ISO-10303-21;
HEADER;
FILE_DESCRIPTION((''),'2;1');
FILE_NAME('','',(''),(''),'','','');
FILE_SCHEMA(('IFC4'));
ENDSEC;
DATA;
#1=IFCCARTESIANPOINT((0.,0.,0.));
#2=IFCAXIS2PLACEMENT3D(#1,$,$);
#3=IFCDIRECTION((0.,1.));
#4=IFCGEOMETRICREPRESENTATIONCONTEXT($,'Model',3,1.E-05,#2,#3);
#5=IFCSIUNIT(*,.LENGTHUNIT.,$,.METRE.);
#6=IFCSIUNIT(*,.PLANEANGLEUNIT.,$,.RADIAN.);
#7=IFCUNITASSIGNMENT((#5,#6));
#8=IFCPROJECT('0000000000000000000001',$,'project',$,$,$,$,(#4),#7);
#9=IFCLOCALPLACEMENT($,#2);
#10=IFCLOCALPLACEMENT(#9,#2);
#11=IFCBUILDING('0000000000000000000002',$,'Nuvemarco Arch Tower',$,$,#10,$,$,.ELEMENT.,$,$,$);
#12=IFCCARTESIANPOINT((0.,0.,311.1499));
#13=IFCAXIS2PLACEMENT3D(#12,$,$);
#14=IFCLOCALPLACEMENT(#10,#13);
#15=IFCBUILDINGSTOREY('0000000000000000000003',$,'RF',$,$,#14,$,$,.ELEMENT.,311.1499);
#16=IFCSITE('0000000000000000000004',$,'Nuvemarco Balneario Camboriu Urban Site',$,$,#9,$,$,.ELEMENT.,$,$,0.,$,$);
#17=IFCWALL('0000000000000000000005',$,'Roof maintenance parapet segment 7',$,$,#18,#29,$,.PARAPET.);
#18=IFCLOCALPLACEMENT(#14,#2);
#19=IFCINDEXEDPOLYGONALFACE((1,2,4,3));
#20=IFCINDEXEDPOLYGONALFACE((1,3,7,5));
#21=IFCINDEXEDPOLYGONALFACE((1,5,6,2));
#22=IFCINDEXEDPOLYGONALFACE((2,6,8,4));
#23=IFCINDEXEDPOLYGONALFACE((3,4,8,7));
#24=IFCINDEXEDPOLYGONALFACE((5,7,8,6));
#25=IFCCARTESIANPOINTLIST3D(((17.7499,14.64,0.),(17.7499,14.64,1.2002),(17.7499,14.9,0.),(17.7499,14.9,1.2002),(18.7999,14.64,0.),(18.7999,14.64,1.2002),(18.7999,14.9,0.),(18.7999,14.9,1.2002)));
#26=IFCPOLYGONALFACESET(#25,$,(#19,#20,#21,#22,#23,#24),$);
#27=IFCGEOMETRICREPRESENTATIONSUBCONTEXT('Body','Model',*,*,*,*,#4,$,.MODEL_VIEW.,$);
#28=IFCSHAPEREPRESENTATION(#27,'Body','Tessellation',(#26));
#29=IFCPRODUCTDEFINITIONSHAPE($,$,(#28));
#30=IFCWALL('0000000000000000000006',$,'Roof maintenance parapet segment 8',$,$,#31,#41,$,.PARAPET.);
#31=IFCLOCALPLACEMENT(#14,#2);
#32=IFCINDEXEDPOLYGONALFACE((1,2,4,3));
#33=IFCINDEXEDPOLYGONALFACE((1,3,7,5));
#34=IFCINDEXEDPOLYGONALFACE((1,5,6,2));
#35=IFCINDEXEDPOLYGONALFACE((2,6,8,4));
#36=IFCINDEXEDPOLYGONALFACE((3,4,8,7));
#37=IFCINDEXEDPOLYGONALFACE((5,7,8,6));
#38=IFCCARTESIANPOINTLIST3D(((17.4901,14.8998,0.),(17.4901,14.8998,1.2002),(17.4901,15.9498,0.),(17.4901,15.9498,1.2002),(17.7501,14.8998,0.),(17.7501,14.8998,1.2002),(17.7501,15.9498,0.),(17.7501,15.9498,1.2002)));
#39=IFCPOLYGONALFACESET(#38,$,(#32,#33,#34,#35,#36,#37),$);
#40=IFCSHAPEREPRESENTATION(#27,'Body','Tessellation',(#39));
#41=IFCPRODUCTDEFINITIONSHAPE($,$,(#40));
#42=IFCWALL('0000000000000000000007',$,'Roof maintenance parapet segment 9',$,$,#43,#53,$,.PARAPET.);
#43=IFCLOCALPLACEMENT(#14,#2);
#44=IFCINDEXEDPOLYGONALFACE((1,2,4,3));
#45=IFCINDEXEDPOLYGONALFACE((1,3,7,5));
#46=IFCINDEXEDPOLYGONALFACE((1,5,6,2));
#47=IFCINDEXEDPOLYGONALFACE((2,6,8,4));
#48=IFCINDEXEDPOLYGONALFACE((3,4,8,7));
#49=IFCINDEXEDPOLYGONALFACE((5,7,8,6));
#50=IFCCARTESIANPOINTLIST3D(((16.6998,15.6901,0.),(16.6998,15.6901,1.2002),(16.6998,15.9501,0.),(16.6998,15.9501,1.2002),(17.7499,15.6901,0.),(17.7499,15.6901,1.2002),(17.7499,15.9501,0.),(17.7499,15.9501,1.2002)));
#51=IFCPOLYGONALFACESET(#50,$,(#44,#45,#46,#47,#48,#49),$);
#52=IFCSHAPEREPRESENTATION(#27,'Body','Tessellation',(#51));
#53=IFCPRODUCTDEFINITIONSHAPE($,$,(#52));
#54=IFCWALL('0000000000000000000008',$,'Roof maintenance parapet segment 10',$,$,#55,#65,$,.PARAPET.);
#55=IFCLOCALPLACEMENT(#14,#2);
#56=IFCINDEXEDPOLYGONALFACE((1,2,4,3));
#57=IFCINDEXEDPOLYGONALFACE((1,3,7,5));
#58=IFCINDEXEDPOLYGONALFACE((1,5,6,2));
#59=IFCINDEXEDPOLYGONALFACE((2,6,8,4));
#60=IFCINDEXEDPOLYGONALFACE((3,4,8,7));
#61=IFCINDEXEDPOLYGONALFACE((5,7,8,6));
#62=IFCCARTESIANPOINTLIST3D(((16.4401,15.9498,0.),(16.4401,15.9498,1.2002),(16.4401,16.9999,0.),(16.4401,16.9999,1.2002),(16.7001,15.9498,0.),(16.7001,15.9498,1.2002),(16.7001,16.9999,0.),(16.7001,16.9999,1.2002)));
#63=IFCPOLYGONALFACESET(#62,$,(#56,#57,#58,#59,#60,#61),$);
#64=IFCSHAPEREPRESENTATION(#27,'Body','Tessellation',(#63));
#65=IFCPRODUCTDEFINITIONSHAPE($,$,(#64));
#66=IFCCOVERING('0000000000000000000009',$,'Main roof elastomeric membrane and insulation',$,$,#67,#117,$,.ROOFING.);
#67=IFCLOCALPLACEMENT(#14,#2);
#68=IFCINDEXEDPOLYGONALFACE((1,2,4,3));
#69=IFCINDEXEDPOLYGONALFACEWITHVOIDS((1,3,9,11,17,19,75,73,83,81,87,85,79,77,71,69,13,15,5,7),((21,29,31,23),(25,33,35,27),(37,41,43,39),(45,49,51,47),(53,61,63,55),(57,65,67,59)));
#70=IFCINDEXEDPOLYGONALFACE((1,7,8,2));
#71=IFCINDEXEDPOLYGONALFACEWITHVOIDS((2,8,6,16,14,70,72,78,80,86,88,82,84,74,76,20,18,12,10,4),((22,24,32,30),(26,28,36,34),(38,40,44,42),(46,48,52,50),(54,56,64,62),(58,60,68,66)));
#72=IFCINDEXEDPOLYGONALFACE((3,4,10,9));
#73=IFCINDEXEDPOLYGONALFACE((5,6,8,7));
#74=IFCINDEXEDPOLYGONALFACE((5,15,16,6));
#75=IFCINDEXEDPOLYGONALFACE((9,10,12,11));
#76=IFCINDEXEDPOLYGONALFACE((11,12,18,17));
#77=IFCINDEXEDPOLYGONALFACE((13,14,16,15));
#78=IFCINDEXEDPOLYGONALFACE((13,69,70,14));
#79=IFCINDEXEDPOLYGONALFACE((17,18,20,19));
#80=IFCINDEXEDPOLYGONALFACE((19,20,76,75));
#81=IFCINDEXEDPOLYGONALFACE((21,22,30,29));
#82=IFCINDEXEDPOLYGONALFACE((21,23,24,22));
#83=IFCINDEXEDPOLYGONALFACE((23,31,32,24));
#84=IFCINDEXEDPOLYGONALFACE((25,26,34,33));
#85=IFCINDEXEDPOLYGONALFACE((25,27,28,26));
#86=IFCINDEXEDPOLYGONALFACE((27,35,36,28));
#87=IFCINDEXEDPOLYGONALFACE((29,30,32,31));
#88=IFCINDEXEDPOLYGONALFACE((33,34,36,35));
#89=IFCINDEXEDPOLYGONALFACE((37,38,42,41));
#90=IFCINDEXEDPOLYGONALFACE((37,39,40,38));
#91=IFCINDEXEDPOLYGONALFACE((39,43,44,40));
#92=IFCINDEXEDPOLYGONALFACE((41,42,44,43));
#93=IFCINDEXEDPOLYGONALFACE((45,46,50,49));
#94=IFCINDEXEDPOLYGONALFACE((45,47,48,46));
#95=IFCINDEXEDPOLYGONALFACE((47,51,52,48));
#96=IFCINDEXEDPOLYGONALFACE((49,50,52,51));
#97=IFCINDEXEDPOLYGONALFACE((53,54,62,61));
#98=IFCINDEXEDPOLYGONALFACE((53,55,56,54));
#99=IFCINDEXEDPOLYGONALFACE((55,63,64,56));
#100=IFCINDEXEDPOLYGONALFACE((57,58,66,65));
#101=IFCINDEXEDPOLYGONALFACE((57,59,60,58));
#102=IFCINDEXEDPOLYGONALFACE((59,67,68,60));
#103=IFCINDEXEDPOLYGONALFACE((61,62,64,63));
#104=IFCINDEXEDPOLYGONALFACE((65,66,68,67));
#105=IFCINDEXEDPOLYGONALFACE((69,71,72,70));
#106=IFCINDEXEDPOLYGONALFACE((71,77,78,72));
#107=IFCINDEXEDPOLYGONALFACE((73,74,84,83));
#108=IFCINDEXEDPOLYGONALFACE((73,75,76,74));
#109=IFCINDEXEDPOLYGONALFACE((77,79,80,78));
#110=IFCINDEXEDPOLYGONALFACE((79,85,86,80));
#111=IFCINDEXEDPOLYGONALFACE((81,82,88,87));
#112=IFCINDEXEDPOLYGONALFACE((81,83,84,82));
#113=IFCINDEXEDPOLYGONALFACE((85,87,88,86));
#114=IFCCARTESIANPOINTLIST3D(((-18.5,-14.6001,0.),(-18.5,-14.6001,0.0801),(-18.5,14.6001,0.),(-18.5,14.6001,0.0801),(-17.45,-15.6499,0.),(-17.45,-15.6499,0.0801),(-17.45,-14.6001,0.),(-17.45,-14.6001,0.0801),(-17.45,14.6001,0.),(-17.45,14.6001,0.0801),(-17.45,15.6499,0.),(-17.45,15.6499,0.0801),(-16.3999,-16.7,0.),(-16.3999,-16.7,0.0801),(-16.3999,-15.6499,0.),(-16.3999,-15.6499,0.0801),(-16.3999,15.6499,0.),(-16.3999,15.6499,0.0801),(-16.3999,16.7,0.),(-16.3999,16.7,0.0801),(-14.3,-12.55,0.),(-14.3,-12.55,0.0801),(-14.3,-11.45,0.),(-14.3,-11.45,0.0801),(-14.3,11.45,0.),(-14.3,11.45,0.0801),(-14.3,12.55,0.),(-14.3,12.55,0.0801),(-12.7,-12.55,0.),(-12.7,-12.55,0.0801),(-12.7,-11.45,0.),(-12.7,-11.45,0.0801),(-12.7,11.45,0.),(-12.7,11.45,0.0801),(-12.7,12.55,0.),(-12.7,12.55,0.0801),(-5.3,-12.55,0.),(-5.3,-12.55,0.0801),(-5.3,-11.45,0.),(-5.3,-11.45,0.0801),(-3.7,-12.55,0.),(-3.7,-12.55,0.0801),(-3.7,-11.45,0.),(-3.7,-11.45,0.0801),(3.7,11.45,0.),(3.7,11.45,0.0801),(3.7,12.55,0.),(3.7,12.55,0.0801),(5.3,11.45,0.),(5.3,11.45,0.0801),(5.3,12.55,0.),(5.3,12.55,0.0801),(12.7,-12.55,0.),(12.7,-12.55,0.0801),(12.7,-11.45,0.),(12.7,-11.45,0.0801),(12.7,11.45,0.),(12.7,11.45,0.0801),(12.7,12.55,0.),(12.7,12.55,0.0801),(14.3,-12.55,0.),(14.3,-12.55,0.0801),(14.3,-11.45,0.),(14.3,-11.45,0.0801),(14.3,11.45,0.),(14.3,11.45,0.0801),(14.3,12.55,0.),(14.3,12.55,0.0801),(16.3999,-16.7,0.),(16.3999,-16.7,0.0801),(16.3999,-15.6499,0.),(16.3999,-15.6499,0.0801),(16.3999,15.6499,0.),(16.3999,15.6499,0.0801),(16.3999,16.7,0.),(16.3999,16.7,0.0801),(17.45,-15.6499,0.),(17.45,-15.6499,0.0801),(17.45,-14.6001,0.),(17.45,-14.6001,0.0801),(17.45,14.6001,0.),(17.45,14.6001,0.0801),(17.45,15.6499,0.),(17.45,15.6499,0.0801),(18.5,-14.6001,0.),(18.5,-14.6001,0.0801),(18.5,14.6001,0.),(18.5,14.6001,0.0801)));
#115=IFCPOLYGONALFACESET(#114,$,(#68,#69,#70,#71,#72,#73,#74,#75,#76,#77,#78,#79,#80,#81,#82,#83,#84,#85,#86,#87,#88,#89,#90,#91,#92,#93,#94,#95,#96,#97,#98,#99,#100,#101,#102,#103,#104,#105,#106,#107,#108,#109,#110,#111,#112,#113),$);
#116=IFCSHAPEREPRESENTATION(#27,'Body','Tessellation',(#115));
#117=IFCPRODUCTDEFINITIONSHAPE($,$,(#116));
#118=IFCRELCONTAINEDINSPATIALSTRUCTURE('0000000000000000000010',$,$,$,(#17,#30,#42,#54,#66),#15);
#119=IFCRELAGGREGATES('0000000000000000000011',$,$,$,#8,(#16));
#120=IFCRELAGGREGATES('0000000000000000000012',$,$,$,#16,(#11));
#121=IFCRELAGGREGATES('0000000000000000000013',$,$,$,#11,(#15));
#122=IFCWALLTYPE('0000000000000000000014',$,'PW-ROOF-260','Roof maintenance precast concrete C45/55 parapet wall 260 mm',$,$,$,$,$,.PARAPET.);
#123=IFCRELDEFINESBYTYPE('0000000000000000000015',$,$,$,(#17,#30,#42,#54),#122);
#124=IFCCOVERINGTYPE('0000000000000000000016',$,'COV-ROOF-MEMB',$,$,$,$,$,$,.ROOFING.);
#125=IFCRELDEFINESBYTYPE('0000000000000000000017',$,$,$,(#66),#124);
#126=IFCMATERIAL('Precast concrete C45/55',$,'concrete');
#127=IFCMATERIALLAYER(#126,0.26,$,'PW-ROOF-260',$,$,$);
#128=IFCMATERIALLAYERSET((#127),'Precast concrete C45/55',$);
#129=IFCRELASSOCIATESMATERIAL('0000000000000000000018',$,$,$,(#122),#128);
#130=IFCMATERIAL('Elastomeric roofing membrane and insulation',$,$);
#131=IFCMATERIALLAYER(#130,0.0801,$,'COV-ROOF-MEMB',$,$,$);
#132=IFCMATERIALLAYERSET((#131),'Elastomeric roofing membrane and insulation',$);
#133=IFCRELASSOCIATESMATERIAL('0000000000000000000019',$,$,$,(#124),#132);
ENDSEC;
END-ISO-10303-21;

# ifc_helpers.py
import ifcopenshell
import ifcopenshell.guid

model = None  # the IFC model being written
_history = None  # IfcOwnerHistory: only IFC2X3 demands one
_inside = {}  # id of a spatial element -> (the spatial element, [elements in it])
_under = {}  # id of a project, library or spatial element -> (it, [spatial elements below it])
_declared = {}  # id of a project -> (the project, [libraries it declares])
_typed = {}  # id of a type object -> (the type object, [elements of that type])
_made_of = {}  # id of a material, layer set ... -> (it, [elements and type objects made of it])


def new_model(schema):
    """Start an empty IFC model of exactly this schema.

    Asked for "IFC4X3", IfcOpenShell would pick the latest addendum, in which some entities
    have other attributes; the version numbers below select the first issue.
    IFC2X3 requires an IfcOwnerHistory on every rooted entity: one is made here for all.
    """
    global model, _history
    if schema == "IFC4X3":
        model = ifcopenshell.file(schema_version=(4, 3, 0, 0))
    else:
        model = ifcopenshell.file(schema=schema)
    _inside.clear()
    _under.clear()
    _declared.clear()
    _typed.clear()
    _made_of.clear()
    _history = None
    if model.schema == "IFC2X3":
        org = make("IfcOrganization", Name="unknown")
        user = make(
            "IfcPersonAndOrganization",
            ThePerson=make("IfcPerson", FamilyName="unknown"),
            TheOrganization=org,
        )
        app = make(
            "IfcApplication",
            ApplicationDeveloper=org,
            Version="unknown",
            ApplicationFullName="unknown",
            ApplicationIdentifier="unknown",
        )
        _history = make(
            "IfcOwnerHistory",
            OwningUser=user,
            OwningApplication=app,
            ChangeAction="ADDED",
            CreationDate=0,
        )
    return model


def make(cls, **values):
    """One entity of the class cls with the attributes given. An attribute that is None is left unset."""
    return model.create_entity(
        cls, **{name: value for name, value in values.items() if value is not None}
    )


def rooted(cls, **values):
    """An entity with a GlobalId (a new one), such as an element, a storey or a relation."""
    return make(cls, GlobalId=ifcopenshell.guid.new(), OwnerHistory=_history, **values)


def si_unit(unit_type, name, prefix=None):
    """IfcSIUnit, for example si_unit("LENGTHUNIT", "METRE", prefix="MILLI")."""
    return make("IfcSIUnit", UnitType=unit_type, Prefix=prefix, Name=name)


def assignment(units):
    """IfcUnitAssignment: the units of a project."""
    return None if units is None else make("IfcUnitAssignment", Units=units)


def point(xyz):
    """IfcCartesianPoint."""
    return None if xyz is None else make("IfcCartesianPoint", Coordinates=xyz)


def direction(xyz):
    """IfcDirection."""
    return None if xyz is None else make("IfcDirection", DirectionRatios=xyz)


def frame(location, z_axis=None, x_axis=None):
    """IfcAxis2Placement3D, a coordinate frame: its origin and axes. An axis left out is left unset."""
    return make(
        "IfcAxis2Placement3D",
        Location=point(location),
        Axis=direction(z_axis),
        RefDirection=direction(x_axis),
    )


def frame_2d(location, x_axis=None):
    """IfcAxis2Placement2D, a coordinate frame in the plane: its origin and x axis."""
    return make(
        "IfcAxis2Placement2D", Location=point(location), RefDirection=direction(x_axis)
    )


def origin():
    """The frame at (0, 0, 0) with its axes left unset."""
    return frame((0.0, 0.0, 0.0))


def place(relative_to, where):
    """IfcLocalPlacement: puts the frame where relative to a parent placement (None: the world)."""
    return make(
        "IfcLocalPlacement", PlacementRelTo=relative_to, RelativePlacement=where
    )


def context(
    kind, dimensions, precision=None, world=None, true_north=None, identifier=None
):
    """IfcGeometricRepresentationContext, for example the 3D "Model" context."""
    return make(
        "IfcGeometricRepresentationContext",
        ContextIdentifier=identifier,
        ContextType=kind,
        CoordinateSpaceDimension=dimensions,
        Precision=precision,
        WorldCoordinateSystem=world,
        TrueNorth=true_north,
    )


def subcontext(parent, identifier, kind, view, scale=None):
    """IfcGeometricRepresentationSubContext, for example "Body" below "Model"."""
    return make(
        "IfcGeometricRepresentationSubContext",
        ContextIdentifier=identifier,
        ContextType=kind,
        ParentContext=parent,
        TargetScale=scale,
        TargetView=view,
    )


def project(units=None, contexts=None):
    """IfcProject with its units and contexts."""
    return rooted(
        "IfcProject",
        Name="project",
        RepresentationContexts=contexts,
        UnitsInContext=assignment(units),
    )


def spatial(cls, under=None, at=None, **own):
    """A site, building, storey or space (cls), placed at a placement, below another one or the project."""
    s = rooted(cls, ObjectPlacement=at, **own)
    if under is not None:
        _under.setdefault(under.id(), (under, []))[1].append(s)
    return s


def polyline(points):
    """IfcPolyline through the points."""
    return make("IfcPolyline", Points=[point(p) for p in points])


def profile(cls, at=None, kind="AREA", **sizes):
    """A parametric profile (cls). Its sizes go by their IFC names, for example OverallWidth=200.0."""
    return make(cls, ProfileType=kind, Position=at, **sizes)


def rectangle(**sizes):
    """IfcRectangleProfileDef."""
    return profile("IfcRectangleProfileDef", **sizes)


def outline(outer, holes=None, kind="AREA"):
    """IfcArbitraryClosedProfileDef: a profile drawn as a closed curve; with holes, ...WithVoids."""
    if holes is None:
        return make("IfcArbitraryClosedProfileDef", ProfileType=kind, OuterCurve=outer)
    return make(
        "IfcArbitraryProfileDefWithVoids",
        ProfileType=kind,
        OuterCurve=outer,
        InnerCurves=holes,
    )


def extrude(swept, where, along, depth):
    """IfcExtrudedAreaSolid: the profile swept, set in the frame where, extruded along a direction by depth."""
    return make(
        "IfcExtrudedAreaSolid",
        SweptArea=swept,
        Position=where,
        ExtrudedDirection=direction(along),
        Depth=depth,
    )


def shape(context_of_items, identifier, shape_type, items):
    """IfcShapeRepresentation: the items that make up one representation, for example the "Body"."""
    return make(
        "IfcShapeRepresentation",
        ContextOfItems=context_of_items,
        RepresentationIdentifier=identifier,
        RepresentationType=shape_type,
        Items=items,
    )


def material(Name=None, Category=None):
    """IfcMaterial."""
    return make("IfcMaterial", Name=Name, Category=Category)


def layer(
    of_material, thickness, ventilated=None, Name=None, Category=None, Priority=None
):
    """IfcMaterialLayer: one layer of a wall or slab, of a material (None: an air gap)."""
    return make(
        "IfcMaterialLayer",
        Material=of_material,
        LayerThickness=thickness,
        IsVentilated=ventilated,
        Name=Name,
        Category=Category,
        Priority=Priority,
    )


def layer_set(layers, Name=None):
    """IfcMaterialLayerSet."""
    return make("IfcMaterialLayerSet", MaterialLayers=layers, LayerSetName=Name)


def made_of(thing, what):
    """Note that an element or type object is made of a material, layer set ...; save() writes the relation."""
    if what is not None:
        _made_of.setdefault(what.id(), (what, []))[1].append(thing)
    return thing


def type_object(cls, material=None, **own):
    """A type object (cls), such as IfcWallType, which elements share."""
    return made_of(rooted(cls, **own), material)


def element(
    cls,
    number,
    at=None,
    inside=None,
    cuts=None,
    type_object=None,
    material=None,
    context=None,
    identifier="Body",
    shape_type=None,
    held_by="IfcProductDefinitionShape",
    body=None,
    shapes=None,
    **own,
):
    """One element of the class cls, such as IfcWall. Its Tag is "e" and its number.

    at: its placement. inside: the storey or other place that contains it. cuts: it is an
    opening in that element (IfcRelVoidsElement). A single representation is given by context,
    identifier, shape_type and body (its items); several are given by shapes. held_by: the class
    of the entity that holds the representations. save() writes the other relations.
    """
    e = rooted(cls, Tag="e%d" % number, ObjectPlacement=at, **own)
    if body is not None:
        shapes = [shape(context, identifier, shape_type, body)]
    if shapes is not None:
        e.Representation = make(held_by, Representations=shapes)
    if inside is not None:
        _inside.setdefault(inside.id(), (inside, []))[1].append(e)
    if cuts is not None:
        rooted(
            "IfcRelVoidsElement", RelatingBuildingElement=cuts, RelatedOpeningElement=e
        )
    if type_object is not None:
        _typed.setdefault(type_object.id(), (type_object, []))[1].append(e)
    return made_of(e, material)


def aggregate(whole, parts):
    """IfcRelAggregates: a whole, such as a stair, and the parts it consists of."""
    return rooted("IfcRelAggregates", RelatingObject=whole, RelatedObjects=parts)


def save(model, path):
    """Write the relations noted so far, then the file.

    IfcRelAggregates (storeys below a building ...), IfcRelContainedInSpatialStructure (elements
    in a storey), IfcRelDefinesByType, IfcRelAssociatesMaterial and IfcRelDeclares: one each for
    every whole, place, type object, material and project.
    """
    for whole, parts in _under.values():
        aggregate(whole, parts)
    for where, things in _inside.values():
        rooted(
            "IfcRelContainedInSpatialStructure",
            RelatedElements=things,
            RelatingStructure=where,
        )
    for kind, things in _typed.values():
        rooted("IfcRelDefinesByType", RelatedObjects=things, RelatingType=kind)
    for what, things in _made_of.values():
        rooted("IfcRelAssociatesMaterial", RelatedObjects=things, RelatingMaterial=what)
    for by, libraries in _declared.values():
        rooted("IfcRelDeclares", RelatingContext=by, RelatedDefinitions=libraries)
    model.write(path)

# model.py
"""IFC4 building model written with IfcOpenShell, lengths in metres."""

from ifc_helpers import new_model, si_unit, direction, frame, frame_2d, origin, place, context, subcontext, project, spatial, polyline, rectangle, outline, extrude, material, layer, layer_set, type_object, element, save


model = new_model("IFC4")

# Units and contexts
model_context = context("Model", 3, precision=1e-05, world=origin(), true_north=direction((0.0, 1.0)))
body_context = subcontext(model_context, "Body", "Model", "MODEL_VIEW")
ifc_project = project(units=[si_unit("LENGTHUNIT", "METRE"), si_unit("PLANEANGLEUNIT", "RADIAN")], contexts=[model_context])

# Site, building, storey
site_placement = place(None, origin())
site = spatial("IfcSite", under=ifc_project, at=site_placement, Name="Nuvemarco Balneario Camboriu Urban Site", CompositionType="ELEMENT", RefElevation=0.0)
building_placement = place(site_placement, origin())
building = spatial("IfcBuilding", under=site, at=building_placement, Name="Nuvemarco Arch Tower", CompositionType="ELEMENT")
storey_placement = place(building_placement, frame((0.0, 0.0, 311.1499)))
storey = spatial("IfcBuildingStorey", under=building, at=storey_placement, Name="RF", CompositionType="ELEMENT", Elevation=311.1499)

# Walls
ifc_material_1 = material(Name="Precast concrete C45/55", Category="concrete")
ifc_layer_1 = layer(ifc_material_1, 0.26, Name="PW-ROOF-260")
ifc_layer_set_1 = layer_set([ifc_layer_1], Name="Precast concrete C45/55")
wall_type = type_object("IfcWallType", Name="PW-ROOF-260", Description="Roof maintenance precast concrete C45/55 parapet wall 260 mm", PredefinedType="PARAPET", material=ifc_layer_set_1)
for number, where, z_axis, x_axis, name in (
    (1, (17.75, 14.77, 0.0), (0.0, 0.0, 1.0), (1.0, 0.0, 0.0), "Roof maintenance parapet segment 7"),
    (2, (17.6201, 14.8999, 0.0), (0.0, 0.0, 1.0), (0.0, 1.0, 0.0), "Roof maintenance parapet segment 8"),
    (3, (16.7, 15.8201, 0.0), (0.0, 0.0, 1.0), (1.0, 0.0, 0.0), "Roof maintenance parapet segment 9"),
    (4, (16.5701, 15.95, 0.0), (0.0, 0.0, 1.0), (0.0, 1.0, 0.0), "Roof maintenance parapet segment 10"),
):
    element("IfcWall", number, at=place(storey_placement, frame(where, z_axis=z_axis, x_axis=x_axis)), inside=storey, type_object=wall_type, Name=name, PredefinedType="PARAPET", context=body_context, shape_type="SweptSolid", body=[
        extrude(rectangle(XDim=1.05, YDim=0.26, at=frame_2d((0.5249, 0.0))), origin(), (0.0, 0.0, 1.0), 1.2002),
    ])

# Covering
ifc_material_2 = material(Name="Elastomeric roofing membrane and insulation")
ifc_layer_2 = layer(ifc_material_2, 0.0801, Name="COV-ROOF-MEMB")
ifc_layer_set_2 = layer_set([ifc_layer_2], Name="Elastomeric roofing membrane and insulation")
covering_type = type_object("IfcCoveringType", Name="COV-ROOF-MEMB", PredefinedType="ROOFING", material=ifc_layer_set_2)
covering_placement = place(storey_placement, origin())
element("IfcCovering", 5, at=covering_placement, inside=storey, type_object=covering_type, Name="Main roof elastomeric membrane and insulation", PredefinedType="ROOFING", context=body_context, shape_type="SweptSolid", body=[
    extrude(outline(polyline([(-16.3999, -16.7), (-16.3999, -15.6499), (-17.45, -15.6499), (-17.45, -14.6001), (-18.5, -14.6001), (-18.5, 14.6001), (-17.45, 14.6001), (-17.45, 15.6499), (-16.3999, 15.6499), (-16.3999, 16.7), (16.3999, 16.7), (16.3999, 15.6499), (17.45, 15.6499), (17.45, 14.6001), (18.5, 14.6001), (18.5, -14.6001), (17.45, -14.6001), (17.45, -15.6499), (16.3999, -15.6499), (16.3999, -16.7), (-16.3999, -16.7)]), holes=[polyline([(-14.3, -12.55), (-12.7, -12.55), (-12.7, -11.45), (-14.3, -11.45), (-14.3, -12.55)]), polyline([(12.7, -12.55), (14.3, -12.55), (14.3, -11.45), (12.7, -11.45), (12.7, -12.55)]), polyline([(-14.3, 11.45), (-12.7, 11.45), (-12.7, 12.55), (-14.3, 12.55), (-14.3, 11.45)]), polyline([(12.7, 11.45), (14.3, 11.45), (14.3, 12.55), (12.7, 12.55), (12.7, 11.45)]), polyline([(-5.3, -12.55), (-3.7, -12.55), (-3.7, -11.45), (-5.3, -11.45), (-5.3, -12.55)]), polyline([(3.7, 11.45), (5.3, 11.45), (5.3, 12.55), (3.7, 12.55), (3.7, 11.45)])]), origin(), (0.0, 0.0, 1.0), 0.0801),
])

save(model, "model.ifc")
